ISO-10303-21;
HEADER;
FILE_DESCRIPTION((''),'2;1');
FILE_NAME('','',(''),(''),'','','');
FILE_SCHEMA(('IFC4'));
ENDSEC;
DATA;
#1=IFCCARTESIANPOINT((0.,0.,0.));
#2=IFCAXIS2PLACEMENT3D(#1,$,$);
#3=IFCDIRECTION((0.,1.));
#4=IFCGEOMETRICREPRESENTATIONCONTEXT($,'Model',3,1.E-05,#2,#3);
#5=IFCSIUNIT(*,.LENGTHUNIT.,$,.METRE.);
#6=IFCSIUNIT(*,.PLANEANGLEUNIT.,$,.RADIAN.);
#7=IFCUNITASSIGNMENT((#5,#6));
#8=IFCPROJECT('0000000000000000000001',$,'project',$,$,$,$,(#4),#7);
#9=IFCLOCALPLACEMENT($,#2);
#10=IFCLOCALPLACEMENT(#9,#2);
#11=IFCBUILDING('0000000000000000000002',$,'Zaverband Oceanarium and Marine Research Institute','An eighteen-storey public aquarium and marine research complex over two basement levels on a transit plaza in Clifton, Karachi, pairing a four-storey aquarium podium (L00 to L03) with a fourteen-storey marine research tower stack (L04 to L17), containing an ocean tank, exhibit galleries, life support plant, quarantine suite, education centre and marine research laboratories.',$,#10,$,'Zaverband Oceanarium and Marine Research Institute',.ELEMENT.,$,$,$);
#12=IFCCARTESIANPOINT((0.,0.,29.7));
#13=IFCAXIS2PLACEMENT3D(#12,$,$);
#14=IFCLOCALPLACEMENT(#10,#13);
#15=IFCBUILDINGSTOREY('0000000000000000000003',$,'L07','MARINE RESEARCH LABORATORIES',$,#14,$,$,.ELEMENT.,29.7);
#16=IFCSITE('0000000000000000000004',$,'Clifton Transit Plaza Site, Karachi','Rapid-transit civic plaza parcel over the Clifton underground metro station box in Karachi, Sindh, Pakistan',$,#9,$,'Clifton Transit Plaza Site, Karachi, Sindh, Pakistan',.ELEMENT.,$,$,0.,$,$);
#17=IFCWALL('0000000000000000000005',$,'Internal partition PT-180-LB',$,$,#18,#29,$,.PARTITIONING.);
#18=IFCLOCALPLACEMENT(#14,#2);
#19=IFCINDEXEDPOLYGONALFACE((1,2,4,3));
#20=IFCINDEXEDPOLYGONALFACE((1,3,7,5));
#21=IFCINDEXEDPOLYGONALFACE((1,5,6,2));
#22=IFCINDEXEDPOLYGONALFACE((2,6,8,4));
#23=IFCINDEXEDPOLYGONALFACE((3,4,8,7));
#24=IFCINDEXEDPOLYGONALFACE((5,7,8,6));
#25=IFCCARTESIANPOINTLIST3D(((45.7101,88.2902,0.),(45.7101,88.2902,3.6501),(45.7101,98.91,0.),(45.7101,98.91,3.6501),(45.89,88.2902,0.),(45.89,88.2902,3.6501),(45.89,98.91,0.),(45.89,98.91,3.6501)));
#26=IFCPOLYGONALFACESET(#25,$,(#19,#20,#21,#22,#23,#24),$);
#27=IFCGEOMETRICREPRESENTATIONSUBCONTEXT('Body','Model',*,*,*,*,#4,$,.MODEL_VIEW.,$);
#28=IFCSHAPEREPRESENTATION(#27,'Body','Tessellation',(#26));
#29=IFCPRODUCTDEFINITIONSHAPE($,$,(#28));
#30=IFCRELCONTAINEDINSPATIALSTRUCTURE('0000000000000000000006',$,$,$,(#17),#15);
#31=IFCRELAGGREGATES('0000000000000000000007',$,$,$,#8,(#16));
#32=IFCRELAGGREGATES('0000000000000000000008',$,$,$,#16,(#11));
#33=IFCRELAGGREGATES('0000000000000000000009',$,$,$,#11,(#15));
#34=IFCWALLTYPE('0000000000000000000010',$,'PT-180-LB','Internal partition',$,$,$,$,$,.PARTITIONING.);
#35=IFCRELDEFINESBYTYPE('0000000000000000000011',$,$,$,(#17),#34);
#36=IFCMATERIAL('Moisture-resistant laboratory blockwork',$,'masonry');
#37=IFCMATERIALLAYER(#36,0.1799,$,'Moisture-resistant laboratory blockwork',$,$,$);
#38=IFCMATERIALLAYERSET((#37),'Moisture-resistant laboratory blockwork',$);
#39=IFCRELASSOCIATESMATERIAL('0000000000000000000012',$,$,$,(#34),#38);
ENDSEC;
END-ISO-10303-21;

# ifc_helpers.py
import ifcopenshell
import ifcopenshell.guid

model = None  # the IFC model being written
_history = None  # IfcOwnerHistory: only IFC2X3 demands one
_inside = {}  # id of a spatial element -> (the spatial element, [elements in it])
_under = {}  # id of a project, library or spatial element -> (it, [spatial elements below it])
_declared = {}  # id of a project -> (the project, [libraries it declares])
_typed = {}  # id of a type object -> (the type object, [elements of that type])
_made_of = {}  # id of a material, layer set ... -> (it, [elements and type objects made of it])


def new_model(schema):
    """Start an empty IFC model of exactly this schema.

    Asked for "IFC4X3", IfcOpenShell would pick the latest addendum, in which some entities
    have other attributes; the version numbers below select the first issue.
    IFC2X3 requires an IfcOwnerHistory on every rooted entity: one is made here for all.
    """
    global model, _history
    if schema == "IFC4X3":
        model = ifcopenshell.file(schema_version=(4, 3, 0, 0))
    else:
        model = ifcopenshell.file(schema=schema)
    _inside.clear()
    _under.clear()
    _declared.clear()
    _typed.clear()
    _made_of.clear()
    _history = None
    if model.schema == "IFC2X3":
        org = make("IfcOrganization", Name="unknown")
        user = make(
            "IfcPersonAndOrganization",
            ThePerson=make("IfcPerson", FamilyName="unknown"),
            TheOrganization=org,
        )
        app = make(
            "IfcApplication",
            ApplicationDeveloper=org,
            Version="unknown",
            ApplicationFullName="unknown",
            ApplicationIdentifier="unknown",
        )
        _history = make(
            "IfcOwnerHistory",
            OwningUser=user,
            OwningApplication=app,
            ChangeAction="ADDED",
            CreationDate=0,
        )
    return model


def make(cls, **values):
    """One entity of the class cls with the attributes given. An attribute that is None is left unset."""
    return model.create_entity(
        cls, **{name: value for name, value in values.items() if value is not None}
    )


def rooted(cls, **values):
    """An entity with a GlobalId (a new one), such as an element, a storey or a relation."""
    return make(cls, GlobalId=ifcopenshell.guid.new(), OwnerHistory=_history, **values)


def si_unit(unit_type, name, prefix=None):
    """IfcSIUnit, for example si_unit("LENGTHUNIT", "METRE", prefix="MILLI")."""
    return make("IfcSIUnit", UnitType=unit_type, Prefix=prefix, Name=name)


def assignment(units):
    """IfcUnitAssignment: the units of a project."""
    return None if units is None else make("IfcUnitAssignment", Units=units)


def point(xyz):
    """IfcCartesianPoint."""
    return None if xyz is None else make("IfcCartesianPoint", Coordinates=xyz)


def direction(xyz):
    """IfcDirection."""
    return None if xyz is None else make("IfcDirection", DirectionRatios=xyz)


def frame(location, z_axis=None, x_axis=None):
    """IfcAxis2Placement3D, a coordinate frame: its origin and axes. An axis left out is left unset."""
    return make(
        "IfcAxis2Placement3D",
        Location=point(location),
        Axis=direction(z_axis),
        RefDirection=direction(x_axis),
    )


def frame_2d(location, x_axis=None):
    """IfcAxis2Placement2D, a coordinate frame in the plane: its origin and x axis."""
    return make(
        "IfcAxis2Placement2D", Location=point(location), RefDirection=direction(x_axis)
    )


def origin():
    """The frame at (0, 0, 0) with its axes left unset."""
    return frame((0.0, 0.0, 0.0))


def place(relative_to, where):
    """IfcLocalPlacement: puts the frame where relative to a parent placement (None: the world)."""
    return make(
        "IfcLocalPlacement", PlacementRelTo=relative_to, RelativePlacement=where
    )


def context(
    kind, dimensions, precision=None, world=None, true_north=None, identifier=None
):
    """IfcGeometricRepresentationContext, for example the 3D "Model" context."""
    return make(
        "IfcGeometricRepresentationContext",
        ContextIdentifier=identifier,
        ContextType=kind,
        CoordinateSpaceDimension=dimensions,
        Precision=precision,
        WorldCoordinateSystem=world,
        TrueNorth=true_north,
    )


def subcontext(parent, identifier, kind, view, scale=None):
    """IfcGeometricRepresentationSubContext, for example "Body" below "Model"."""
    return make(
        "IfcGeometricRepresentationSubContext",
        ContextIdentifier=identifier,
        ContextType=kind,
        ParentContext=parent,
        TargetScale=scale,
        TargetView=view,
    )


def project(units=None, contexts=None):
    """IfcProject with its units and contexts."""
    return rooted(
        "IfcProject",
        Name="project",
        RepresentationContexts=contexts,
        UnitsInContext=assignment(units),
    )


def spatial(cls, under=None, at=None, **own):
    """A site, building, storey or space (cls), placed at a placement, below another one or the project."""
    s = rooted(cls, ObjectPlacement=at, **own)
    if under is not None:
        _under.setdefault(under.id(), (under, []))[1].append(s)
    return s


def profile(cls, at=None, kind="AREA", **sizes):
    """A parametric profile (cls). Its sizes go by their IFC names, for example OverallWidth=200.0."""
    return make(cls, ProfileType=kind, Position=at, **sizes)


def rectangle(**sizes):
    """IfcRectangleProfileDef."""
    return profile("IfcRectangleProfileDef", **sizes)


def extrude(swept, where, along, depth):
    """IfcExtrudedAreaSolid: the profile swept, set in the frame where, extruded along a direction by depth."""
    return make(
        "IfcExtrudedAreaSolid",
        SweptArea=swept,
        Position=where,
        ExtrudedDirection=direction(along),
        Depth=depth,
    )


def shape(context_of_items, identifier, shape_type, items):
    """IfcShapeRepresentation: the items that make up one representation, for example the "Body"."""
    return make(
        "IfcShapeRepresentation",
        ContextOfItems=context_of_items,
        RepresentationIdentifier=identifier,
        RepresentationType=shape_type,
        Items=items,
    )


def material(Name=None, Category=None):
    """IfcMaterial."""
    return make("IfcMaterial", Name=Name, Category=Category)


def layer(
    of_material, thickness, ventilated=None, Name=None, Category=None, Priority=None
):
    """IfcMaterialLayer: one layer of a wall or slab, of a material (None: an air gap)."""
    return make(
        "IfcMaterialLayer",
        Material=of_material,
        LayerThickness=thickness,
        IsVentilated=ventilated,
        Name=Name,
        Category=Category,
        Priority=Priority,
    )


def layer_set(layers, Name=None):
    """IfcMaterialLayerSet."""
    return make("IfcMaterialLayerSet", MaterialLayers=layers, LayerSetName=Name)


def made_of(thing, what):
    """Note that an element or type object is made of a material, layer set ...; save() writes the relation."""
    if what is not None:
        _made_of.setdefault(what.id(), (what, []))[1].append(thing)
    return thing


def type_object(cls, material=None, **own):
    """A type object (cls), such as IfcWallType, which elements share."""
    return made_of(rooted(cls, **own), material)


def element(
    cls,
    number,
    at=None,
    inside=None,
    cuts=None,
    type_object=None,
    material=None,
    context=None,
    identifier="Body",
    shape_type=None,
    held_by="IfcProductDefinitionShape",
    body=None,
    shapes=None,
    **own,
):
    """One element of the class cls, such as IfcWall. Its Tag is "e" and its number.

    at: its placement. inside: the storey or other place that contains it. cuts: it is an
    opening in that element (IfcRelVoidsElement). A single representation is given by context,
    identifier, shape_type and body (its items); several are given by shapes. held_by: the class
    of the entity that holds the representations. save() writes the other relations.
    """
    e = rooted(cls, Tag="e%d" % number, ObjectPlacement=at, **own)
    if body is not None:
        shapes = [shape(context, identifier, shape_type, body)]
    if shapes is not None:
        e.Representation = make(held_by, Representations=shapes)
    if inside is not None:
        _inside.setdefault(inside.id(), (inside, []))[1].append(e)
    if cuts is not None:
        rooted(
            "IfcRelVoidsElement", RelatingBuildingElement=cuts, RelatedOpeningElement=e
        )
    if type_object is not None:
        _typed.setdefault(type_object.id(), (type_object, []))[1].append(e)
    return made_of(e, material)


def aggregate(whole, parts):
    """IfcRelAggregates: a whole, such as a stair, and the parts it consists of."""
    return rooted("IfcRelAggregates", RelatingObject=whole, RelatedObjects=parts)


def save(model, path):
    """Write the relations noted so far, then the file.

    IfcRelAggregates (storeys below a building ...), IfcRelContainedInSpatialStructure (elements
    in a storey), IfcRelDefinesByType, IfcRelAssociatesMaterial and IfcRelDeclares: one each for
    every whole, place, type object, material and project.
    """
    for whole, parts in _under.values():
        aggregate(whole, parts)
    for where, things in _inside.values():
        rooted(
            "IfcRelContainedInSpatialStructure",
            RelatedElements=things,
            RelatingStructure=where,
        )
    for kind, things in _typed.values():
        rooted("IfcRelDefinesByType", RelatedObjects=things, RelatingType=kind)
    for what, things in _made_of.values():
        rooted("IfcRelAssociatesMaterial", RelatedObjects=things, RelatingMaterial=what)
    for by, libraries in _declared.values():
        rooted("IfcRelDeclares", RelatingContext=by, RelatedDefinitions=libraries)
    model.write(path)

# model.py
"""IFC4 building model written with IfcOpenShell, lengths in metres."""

from ifc_helpers import new_model, si_unit, direction, frame, frame_2d, origin, place, context, subcontext, project, spatial, rectangle, extrude, material, layer, layer_set, type_object, element, save


model = new_model("IFC4")

# Units and contexts
model_context = context("Model", 3, precision=1e-05, world=origin(), true_north=direction((0.0, 1.0)))
body_context = subcontext(model_context, "Body", "Model", "MODEL_VIEW")
ifc_project = project(units=[si_unit("LENGTHUNIT", "METRE"), si_unit("PLANEANGLEUNIT", "RADIAN")], contexts=[model_context])

# Site, building, storey
site_placement = place(None, origin())
site = spatial("IfcSite", under=ifc_project, at=site_placement, Name="Clifton Transit Plaza Site, Karachi", Description="Rapid-transit civic plaza parcel over the Clifton underground metro station box in Karachi, Sindh, Pakistan", LongName="Clifton Transit Plaza Site, Karachi, Sindh, Pakistan", CompositionType="ELEMENT", RefElevation=0.0)
building_placement = place(site_placement, origin())
building = spatial("IfcBuilding", under=site, at=building_placement, Name="Zaverband Oceanarium and Marine Research Institute", Description="An eighteen-storey public aquarium and marine research complex over two basement levels on a transit plaza in Clifton, Karachi, pairing a four-storey aquarium podium (L00 to L03) with a fourteen-storey marine research tower stack (L04 to L17), containing an ocean tank, exhibit galleries, life support plant, quarantine suite, education centre and marine research laboratories.", LongName="Zaverband Oceanarium and Marine Research Institute", CompositionType="ELEMENT")
storey_placement = place(building_placement, frame((0.0, 0.0, 29.7)))
storey = spatial("IfcBuildingStorey", under=building, at=storey_placement, Name="L07", Description="MARINE RESEARCH LABORATORIES", CompositionType="ELEMENT", Elevation=29.7)

# Shared definitions
ifc_material_1 = material(Name="Moisture-resistant laboratory blockwork", Category="masonry")
ifc_layer_1 = layer(ifc_material_1, 0.1799, Name="Moisture-resistant laboratory blockwork")
ifc_layer_set_1 = layer_set([ifc_layer_1], Name="Moisture-resistant laboratory blockwork")
wall_type_1 = type_object("IfcWallType", Name="PT-180-LB", Description="Internal partition", PredefinedType="PARTITIONING", material=ifc_layer_set_1)

# Wall
wall_1_placement = place(storey_placement, frame((45.8, 88.29, 0.0), z_axis=(0.0, 0.0, 1.0), x_axis=(0.0, 1.0, 0.0)))
element("IfcWall", 1, at=wall_1_placement, inside=storey, type_object=wall_type_1, Name="Internal partition PT-180-LB", PredefinedType="PARTITIONING", context=body_context, shape_type="SweptSolid", body=[
    extrude(rectangle(XDim=10.6199, YDim=0.1799, at=frame_2d((5.3101, 0.0))), origin(), (0.0, 0.0, 1.0), 3.6501),
])

save(model, "model.ifc")
